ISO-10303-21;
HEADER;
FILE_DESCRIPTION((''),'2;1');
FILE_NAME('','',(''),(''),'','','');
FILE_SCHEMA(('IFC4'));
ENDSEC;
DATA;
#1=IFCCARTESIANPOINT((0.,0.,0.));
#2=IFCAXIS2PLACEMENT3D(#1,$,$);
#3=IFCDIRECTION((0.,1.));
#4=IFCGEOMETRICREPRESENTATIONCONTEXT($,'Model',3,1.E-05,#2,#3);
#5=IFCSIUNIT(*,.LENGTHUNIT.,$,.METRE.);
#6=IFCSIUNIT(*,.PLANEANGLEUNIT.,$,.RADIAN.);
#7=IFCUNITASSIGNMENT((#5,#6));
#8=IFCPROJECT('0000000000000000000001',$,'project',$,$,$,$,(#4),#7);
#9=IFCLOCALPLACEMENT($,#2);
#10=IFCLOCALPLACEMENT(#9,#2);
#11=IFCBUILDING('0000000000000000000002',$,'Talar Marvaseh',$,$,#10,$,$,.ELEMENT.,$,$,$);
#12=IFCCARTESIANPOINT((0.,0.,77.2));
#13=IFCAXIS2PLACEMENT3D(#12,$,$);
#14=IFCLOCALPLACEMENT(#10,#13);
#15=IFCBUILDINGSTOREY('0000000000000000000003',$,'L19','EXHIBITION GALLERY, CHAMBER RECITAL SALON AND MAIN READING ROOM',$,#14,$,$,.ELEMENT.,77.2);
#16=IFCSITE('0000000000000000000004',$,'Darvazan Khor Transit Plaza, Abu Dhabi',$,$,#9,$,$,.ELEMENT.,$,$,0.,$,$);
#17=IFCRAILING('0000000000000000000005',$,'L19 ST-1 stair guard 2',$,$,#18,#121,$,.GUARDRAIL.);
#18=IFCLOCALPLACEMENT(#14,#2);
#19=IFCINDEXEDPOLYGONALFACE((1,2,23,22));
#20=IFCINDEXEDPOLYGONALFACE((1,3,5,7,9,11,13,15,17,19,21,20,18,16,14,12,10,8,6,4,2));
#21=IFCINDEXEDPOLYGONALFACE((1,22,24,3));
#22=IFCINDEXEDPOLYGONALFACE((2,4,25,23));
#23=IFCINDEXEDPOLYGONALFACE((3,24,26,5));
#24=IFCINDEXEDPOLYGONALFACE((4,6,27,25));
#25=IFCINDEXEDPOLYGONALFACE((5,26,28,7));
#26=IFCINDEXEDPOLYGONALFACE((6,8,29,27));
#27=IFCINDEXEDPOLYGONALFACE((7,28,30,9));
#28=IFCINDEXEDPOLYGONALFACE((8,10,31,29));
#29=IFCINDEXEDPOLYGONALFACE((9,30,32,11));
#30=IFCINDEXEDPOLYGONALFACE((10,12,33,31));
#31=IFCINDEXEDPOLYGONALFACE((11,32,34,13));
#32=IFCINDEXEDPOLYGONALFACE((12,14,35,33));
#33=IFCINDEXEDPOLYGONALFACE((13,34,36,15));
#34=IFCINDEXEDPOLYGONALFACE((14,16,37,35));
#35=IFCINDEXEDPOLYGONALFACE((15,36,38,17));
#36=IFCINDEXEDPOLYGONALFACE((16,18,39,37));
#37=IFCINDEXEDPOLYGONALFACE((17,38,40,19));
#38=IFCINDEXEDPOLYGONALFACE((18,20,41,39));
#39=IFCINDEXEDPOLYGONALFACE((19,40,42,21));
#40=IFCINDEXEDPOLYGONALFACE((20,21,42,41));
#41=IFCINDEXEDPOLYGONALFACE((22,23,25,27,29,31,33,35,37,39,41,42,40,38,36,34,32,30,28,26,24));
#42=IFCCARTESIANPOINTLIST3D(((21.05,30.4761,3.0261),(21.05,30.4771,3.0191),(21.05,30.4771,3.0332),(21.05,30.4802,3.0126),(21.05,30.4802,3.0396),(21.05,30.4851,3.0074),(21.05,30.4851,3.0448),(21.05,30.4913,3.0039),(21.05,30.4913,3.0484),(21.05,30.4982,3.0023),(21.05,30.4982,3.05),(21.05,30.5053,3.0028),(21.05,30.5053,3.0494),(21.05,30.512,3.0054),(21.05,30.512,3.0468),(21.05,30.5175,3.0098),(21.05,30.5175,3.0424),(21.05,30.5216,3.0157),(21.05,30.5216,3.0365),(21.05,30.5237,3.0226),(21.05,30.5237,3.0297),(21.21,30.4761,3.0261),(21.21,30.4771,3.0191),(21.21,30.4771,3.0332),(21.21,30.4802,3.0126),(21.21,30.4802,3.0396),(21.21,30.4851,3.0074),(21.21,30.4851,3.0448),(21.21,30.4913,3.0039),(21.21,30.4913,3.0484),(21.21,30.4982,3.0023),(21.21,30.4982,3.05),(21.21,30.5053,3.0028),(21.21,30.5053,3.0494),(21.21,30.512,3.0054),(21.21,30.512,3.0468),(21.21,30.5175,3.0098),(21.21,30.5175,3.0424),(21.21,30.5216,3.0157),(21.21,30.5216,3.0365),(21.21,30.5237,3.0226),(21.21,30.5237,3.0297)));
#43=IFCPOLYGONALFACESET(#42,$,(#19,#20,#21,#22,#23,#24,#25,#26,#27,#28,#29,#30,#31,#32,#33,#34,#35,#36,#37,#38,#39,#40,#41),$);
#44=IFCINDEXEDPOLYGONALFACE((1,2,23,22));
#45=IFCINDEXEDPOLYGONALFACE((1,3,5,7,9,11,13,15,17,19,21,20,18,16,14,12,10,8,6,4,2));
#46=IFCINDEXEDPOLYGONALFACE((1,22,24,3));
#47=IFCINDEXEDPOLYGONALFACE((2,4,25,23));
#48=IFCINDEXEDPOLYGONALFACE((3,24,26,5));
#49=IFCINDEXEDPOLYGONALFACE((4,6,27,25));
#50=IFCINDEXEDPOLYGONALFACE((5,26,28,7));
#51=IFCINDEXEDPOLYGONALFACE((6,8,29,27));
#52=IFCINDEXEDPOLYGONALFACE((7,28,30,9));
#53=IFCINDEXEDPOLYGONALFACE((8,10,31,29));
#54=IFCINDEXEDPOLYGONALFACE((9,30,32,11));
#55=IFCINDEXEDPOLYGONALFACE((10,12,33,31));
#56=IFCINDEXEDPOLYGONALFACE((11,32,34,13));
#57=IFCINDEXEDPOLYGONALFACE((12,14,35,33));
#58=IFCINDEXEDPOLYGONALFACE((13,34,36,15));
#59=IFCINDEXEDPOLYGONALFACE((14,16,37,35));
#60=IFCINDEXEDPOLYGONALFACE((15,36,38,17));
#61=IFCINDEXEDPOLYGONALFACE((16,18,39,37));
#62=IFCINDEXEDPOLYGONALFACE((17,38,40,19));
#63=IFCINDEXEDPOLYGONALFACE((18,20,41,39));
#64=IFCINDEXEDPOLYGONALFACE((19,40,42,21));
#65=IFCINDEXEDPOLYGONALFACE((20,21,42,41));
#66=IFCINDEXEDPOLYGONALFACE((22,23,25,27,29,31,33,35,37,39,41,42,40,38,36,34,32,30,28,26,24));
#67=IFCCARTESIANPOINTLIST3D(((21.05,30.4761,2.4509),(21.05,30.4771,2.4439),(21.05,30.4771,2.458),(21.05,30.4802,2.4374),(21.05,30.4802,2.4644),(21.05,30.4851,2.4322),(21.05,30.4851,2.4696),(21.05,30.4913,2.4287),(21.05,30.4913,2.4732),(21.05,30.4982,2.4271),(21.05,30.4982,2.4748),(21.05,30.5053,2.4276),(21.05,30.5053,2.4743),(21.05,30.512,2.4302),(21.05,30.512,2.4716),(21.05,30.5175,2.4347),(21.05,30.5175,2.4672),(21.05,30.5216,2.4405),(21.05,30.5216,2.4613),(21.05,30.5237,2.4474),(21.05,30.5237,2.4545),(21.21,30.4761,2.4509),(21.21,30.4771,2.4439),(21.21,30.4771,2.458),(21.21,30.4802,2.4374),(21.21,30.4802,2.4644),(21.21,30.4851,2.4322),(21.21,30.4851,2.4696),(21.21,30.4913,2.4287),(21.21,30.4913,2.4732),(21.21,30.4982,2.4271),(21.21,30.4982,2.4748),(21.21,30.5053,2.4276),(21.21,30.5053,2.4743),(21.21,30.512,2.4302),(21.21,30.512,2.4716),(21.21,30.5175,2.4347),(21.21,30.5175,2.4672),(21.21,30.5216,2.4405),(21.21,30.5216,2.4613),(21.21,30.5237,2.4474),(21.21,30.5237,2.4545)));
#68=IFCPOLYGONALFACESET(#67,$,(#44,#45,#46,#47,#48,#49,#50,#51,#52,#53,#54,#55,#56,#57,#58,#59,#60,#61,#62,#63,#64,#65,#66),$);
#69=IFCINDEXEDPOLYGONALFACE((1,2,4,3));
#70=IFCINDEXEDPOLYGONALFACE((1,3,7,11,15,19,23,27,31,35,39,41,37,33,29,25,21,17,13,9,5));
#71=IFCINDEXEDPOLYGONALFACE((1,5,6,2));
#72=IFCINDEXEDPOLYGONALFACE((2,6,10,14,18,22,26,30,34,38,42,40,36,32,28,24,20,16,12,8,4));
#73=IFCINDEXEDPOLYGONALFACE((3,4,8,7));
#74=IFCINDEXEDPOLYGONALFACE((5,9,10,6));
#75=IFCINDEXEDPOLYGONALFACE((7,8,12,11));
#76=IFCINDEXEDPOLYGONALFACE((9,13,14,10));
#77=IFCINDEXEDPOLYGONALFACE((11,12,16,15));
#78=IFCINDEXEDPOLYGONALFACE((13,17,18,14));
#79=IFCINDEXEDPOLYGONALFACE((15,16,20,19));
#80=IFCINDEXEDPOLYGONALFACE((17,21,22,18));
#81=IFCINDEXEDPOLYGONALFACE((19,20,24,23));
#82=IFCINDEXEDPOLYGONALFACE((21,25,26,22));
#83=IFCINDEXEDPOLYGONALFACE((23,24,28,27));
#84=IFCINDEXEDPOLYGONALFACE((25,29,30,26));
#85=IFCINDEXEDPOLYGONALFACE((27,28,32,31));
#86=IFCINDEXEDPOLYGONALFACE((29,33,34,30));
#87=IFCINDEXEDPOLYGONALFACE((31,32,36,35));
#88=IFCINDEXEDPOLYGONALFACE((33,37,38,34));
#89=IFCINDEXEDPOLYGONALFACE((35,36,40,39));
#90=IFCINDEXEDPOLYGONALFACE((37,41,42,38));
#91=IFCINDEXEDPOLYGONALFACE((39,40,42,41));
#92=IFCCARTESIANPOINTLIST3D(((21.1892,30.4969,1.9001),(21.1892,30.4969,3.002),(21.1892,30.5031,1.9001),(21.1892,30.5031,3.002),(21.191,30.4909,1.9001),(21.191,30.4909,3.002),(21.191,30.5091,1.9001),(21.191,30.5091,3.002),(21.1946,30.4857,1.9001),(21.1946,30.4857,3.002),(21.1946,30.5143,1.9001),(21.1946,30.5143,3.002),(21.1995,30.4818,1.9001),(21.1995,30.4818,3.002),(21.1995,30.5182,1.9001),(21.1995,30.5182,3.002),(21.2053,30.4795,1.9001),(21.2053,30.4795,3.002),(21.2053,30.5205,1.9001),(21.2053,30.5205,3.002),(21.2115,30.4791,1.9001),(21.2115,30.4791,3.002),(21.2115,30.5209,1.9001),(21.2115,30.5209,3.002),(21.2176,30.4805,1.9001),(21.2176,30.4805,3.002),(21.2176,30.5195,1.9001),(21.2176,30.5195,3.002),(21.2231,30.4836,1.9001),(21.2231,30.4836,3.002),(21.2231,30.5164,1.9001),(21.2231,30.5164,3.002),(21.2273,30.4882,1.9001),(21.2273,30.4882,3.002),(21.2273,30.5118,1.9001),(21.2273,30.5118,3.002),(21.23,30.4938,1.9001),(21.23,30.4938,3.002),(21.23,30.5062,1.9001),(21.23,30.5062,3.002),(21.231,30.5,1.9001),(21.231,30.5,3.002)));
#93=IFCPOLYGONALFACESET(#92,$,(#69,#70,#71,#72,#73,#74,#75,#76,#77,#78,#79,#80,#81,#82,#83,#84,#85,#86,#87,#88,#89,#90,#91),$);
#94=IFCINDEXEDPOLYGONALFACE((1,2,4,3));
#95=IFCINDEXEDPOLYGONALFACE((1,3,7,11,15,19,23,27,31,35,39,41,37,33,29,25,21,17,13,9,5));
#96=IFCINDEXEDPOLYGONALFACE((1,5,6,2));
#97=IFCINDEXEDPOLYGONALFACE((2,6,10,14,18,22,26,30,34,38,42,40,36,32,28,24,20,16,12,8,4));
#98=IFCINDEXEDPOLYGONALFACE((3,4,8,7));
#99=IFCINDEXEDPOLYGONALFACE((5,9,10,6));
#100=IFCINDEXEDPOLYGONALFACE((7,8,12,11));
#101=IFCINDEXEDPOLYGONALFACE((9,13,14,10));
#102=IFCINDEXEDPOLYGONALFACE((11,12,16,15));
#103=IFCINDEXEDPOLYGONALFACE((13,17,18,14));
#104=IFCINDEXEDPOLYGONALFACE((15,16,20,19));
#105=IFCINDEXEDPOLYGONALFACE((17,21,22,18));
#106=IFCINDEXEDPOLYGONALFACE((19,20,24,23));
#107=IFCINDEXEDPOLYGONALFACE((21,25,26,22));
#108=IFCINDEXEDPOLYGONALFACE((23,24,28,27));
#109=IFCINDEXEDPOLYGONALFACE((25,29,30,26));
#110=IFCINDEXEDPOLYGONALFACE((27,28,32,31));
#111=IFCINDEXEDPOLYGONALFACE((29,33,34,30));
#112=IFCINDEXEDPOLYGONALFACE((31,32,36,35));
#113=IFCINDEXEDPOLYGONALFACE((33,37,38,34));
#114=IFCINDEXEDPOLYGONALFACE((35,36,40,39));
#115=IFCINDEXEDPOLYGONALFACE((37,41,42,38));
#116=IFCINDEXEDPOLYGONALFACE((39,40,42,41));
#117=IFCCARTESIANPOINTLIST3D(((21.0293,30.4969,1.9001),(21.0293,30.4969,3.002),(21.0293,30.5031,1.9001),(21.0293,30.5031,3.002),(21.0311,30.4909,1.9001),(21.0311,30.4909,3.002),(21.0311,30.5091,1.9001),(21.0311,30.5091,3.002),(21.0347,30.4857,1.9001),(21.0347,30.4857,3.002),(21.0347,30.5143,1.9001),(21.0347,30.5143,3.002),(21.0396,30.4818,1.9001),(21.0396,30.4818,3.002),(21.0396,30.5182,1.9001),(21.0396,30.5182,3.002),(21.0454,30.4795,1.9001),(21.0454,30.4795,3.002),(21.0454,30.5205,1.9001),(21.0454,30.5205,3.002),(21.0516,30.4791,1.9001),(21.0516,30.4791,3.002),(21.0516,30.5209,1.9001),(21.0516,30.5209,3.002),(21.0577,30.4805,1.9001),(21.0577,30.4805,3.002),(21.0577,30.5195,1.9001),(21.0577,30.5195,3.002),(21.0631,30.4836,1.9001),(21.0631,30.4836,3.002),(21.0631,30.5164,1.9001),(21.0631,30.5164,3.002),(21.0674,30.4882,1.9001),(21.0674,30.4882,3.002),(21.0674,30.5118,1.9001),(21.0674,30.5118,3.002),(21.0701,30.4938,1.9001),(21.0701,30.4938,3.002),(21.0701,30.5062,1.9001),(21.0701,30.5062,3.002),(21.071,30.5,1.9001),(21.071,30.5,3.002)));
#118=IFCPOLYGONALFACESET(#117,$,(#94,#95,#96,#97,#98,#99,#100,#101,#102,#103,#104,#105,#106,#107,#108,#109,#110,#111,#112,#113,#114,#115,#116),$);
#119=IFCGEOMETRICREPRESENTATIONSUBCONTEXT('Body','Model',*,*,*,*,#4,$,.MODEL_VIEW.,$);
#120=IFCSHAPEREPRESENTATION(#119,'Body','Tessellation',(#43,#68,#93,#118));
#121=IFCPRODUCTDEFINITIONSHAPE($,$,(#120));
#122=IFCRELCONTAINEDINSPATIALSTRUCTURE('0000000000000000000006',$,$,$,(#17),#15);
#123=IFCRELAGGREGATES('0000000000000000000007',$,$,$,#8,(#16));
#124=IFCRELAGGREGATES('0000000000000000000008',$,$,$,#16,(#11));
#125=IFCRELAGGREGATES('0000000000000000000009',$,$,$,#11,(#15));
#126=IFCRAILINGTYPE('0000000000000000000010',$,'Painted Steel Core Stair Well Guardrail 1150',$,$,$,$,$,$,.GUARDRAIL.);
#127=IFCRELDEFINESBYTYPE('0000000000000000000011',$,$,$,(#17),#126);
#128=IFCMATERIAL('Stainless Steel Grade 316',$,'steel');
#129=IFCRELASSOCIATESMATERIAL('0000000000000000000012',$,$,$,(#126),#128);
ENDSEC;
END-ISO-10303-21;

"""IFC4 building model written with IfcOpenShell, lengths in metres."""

from ifc_helpers import new_model, si_unit, direction, frame, origin, origin_2d, place, context, subcontext, project, spatial, circle, extrude, material, type_object, element, save


model = new_model("IFC4")

# Units and contexts
model_context = context("Model", 3, precision=1e-05, world=origin(), true_north=direction((0.0, 1.0)))
body_context = subcontext(model_context, "Body", "Model", "MODEL_VIEW")
ifc_project = project(units=[si_unit("LENGTHUNIT", "METRE"), si_unit("PLANEANGLEUNIT", "RADIAN")], contexts=[model_context])

# Site, building, storey
site_placement = place(None, origin())
site = spatial("IfcSite", under=ifc_project, at=site_placement, Name="Darvazan Khor Transit Plaza, Abu Dhabi", CompositionType="ELEMENT", RefElevation=0.0)
building_placement = place(site_placement, origin())
building = spatial("IfcBuilding", under=site, at=building_placement, Name="Talar Marvaseh", CompositionType="ELEMENT")
storey_placement = place(building_placement, frame((0.0, 0.0, 77.2)))
storey = spatial("IfcBuildingStorey", under=building, at=storey_placement, Name="L19", Description="EXHIBITION GALLERY, CHAMBER RECITAL SALON AND MAIN READING ROOM", CompositionType="ELEMENT", Elevation=77.2)

# Railing
ifc_material_1 = material(Name="Stainless Steel Grade 316", Category="steel")
railing_type_1 = type_object("IfcRailingType", Name="Painted Steel Core Stair Well Guardrail 1150", PredefinedType="GUARDRAIL", material=ifc_material_1)
railing_1_placement = place(storey_placement, frame((21.21, 30.5, 1.9001)))
element("IfcRailing", 1, at=railing_1_placement, inside=storey, type_object=railing_type_1, Name="L19 ST-1 stair guard 2", PredefinedType="GUARDRAIL", context=body_context, shape_type="SweptSolid", body=[
    extrude(circle(Radius=0.0239, at=origin_2d()), frame((0.0, 0.0, 1.126), z_axis=(-1.0, 0.0, 0.0), x_axis=(0.0, -1.0, 0.0)), (0.0, 0.0, 1.0), 0.1599),
    extrude(circle(Radius=0.0239, at=origin_2d()), frame((0.0, 0.0, 0.5508), z_axis=(-1.0, 0.0, 0.0), x_axis=(0.0, -1.0, 0.0)), (0.0, 0.0, 1.0), 0.1599),
    extrude(circle(Radius=0.021, at=origin_2d()), origin(), (0.0, 0.0, 1.0), 1.1018),
    extrude(circle(Radius=0.021, at=origin_2d()), frame((-0.1599, 0.0, 0.0)), (0.0, 0.0, 1.0), 1.1018),
])

save(model, "model.ifc")
